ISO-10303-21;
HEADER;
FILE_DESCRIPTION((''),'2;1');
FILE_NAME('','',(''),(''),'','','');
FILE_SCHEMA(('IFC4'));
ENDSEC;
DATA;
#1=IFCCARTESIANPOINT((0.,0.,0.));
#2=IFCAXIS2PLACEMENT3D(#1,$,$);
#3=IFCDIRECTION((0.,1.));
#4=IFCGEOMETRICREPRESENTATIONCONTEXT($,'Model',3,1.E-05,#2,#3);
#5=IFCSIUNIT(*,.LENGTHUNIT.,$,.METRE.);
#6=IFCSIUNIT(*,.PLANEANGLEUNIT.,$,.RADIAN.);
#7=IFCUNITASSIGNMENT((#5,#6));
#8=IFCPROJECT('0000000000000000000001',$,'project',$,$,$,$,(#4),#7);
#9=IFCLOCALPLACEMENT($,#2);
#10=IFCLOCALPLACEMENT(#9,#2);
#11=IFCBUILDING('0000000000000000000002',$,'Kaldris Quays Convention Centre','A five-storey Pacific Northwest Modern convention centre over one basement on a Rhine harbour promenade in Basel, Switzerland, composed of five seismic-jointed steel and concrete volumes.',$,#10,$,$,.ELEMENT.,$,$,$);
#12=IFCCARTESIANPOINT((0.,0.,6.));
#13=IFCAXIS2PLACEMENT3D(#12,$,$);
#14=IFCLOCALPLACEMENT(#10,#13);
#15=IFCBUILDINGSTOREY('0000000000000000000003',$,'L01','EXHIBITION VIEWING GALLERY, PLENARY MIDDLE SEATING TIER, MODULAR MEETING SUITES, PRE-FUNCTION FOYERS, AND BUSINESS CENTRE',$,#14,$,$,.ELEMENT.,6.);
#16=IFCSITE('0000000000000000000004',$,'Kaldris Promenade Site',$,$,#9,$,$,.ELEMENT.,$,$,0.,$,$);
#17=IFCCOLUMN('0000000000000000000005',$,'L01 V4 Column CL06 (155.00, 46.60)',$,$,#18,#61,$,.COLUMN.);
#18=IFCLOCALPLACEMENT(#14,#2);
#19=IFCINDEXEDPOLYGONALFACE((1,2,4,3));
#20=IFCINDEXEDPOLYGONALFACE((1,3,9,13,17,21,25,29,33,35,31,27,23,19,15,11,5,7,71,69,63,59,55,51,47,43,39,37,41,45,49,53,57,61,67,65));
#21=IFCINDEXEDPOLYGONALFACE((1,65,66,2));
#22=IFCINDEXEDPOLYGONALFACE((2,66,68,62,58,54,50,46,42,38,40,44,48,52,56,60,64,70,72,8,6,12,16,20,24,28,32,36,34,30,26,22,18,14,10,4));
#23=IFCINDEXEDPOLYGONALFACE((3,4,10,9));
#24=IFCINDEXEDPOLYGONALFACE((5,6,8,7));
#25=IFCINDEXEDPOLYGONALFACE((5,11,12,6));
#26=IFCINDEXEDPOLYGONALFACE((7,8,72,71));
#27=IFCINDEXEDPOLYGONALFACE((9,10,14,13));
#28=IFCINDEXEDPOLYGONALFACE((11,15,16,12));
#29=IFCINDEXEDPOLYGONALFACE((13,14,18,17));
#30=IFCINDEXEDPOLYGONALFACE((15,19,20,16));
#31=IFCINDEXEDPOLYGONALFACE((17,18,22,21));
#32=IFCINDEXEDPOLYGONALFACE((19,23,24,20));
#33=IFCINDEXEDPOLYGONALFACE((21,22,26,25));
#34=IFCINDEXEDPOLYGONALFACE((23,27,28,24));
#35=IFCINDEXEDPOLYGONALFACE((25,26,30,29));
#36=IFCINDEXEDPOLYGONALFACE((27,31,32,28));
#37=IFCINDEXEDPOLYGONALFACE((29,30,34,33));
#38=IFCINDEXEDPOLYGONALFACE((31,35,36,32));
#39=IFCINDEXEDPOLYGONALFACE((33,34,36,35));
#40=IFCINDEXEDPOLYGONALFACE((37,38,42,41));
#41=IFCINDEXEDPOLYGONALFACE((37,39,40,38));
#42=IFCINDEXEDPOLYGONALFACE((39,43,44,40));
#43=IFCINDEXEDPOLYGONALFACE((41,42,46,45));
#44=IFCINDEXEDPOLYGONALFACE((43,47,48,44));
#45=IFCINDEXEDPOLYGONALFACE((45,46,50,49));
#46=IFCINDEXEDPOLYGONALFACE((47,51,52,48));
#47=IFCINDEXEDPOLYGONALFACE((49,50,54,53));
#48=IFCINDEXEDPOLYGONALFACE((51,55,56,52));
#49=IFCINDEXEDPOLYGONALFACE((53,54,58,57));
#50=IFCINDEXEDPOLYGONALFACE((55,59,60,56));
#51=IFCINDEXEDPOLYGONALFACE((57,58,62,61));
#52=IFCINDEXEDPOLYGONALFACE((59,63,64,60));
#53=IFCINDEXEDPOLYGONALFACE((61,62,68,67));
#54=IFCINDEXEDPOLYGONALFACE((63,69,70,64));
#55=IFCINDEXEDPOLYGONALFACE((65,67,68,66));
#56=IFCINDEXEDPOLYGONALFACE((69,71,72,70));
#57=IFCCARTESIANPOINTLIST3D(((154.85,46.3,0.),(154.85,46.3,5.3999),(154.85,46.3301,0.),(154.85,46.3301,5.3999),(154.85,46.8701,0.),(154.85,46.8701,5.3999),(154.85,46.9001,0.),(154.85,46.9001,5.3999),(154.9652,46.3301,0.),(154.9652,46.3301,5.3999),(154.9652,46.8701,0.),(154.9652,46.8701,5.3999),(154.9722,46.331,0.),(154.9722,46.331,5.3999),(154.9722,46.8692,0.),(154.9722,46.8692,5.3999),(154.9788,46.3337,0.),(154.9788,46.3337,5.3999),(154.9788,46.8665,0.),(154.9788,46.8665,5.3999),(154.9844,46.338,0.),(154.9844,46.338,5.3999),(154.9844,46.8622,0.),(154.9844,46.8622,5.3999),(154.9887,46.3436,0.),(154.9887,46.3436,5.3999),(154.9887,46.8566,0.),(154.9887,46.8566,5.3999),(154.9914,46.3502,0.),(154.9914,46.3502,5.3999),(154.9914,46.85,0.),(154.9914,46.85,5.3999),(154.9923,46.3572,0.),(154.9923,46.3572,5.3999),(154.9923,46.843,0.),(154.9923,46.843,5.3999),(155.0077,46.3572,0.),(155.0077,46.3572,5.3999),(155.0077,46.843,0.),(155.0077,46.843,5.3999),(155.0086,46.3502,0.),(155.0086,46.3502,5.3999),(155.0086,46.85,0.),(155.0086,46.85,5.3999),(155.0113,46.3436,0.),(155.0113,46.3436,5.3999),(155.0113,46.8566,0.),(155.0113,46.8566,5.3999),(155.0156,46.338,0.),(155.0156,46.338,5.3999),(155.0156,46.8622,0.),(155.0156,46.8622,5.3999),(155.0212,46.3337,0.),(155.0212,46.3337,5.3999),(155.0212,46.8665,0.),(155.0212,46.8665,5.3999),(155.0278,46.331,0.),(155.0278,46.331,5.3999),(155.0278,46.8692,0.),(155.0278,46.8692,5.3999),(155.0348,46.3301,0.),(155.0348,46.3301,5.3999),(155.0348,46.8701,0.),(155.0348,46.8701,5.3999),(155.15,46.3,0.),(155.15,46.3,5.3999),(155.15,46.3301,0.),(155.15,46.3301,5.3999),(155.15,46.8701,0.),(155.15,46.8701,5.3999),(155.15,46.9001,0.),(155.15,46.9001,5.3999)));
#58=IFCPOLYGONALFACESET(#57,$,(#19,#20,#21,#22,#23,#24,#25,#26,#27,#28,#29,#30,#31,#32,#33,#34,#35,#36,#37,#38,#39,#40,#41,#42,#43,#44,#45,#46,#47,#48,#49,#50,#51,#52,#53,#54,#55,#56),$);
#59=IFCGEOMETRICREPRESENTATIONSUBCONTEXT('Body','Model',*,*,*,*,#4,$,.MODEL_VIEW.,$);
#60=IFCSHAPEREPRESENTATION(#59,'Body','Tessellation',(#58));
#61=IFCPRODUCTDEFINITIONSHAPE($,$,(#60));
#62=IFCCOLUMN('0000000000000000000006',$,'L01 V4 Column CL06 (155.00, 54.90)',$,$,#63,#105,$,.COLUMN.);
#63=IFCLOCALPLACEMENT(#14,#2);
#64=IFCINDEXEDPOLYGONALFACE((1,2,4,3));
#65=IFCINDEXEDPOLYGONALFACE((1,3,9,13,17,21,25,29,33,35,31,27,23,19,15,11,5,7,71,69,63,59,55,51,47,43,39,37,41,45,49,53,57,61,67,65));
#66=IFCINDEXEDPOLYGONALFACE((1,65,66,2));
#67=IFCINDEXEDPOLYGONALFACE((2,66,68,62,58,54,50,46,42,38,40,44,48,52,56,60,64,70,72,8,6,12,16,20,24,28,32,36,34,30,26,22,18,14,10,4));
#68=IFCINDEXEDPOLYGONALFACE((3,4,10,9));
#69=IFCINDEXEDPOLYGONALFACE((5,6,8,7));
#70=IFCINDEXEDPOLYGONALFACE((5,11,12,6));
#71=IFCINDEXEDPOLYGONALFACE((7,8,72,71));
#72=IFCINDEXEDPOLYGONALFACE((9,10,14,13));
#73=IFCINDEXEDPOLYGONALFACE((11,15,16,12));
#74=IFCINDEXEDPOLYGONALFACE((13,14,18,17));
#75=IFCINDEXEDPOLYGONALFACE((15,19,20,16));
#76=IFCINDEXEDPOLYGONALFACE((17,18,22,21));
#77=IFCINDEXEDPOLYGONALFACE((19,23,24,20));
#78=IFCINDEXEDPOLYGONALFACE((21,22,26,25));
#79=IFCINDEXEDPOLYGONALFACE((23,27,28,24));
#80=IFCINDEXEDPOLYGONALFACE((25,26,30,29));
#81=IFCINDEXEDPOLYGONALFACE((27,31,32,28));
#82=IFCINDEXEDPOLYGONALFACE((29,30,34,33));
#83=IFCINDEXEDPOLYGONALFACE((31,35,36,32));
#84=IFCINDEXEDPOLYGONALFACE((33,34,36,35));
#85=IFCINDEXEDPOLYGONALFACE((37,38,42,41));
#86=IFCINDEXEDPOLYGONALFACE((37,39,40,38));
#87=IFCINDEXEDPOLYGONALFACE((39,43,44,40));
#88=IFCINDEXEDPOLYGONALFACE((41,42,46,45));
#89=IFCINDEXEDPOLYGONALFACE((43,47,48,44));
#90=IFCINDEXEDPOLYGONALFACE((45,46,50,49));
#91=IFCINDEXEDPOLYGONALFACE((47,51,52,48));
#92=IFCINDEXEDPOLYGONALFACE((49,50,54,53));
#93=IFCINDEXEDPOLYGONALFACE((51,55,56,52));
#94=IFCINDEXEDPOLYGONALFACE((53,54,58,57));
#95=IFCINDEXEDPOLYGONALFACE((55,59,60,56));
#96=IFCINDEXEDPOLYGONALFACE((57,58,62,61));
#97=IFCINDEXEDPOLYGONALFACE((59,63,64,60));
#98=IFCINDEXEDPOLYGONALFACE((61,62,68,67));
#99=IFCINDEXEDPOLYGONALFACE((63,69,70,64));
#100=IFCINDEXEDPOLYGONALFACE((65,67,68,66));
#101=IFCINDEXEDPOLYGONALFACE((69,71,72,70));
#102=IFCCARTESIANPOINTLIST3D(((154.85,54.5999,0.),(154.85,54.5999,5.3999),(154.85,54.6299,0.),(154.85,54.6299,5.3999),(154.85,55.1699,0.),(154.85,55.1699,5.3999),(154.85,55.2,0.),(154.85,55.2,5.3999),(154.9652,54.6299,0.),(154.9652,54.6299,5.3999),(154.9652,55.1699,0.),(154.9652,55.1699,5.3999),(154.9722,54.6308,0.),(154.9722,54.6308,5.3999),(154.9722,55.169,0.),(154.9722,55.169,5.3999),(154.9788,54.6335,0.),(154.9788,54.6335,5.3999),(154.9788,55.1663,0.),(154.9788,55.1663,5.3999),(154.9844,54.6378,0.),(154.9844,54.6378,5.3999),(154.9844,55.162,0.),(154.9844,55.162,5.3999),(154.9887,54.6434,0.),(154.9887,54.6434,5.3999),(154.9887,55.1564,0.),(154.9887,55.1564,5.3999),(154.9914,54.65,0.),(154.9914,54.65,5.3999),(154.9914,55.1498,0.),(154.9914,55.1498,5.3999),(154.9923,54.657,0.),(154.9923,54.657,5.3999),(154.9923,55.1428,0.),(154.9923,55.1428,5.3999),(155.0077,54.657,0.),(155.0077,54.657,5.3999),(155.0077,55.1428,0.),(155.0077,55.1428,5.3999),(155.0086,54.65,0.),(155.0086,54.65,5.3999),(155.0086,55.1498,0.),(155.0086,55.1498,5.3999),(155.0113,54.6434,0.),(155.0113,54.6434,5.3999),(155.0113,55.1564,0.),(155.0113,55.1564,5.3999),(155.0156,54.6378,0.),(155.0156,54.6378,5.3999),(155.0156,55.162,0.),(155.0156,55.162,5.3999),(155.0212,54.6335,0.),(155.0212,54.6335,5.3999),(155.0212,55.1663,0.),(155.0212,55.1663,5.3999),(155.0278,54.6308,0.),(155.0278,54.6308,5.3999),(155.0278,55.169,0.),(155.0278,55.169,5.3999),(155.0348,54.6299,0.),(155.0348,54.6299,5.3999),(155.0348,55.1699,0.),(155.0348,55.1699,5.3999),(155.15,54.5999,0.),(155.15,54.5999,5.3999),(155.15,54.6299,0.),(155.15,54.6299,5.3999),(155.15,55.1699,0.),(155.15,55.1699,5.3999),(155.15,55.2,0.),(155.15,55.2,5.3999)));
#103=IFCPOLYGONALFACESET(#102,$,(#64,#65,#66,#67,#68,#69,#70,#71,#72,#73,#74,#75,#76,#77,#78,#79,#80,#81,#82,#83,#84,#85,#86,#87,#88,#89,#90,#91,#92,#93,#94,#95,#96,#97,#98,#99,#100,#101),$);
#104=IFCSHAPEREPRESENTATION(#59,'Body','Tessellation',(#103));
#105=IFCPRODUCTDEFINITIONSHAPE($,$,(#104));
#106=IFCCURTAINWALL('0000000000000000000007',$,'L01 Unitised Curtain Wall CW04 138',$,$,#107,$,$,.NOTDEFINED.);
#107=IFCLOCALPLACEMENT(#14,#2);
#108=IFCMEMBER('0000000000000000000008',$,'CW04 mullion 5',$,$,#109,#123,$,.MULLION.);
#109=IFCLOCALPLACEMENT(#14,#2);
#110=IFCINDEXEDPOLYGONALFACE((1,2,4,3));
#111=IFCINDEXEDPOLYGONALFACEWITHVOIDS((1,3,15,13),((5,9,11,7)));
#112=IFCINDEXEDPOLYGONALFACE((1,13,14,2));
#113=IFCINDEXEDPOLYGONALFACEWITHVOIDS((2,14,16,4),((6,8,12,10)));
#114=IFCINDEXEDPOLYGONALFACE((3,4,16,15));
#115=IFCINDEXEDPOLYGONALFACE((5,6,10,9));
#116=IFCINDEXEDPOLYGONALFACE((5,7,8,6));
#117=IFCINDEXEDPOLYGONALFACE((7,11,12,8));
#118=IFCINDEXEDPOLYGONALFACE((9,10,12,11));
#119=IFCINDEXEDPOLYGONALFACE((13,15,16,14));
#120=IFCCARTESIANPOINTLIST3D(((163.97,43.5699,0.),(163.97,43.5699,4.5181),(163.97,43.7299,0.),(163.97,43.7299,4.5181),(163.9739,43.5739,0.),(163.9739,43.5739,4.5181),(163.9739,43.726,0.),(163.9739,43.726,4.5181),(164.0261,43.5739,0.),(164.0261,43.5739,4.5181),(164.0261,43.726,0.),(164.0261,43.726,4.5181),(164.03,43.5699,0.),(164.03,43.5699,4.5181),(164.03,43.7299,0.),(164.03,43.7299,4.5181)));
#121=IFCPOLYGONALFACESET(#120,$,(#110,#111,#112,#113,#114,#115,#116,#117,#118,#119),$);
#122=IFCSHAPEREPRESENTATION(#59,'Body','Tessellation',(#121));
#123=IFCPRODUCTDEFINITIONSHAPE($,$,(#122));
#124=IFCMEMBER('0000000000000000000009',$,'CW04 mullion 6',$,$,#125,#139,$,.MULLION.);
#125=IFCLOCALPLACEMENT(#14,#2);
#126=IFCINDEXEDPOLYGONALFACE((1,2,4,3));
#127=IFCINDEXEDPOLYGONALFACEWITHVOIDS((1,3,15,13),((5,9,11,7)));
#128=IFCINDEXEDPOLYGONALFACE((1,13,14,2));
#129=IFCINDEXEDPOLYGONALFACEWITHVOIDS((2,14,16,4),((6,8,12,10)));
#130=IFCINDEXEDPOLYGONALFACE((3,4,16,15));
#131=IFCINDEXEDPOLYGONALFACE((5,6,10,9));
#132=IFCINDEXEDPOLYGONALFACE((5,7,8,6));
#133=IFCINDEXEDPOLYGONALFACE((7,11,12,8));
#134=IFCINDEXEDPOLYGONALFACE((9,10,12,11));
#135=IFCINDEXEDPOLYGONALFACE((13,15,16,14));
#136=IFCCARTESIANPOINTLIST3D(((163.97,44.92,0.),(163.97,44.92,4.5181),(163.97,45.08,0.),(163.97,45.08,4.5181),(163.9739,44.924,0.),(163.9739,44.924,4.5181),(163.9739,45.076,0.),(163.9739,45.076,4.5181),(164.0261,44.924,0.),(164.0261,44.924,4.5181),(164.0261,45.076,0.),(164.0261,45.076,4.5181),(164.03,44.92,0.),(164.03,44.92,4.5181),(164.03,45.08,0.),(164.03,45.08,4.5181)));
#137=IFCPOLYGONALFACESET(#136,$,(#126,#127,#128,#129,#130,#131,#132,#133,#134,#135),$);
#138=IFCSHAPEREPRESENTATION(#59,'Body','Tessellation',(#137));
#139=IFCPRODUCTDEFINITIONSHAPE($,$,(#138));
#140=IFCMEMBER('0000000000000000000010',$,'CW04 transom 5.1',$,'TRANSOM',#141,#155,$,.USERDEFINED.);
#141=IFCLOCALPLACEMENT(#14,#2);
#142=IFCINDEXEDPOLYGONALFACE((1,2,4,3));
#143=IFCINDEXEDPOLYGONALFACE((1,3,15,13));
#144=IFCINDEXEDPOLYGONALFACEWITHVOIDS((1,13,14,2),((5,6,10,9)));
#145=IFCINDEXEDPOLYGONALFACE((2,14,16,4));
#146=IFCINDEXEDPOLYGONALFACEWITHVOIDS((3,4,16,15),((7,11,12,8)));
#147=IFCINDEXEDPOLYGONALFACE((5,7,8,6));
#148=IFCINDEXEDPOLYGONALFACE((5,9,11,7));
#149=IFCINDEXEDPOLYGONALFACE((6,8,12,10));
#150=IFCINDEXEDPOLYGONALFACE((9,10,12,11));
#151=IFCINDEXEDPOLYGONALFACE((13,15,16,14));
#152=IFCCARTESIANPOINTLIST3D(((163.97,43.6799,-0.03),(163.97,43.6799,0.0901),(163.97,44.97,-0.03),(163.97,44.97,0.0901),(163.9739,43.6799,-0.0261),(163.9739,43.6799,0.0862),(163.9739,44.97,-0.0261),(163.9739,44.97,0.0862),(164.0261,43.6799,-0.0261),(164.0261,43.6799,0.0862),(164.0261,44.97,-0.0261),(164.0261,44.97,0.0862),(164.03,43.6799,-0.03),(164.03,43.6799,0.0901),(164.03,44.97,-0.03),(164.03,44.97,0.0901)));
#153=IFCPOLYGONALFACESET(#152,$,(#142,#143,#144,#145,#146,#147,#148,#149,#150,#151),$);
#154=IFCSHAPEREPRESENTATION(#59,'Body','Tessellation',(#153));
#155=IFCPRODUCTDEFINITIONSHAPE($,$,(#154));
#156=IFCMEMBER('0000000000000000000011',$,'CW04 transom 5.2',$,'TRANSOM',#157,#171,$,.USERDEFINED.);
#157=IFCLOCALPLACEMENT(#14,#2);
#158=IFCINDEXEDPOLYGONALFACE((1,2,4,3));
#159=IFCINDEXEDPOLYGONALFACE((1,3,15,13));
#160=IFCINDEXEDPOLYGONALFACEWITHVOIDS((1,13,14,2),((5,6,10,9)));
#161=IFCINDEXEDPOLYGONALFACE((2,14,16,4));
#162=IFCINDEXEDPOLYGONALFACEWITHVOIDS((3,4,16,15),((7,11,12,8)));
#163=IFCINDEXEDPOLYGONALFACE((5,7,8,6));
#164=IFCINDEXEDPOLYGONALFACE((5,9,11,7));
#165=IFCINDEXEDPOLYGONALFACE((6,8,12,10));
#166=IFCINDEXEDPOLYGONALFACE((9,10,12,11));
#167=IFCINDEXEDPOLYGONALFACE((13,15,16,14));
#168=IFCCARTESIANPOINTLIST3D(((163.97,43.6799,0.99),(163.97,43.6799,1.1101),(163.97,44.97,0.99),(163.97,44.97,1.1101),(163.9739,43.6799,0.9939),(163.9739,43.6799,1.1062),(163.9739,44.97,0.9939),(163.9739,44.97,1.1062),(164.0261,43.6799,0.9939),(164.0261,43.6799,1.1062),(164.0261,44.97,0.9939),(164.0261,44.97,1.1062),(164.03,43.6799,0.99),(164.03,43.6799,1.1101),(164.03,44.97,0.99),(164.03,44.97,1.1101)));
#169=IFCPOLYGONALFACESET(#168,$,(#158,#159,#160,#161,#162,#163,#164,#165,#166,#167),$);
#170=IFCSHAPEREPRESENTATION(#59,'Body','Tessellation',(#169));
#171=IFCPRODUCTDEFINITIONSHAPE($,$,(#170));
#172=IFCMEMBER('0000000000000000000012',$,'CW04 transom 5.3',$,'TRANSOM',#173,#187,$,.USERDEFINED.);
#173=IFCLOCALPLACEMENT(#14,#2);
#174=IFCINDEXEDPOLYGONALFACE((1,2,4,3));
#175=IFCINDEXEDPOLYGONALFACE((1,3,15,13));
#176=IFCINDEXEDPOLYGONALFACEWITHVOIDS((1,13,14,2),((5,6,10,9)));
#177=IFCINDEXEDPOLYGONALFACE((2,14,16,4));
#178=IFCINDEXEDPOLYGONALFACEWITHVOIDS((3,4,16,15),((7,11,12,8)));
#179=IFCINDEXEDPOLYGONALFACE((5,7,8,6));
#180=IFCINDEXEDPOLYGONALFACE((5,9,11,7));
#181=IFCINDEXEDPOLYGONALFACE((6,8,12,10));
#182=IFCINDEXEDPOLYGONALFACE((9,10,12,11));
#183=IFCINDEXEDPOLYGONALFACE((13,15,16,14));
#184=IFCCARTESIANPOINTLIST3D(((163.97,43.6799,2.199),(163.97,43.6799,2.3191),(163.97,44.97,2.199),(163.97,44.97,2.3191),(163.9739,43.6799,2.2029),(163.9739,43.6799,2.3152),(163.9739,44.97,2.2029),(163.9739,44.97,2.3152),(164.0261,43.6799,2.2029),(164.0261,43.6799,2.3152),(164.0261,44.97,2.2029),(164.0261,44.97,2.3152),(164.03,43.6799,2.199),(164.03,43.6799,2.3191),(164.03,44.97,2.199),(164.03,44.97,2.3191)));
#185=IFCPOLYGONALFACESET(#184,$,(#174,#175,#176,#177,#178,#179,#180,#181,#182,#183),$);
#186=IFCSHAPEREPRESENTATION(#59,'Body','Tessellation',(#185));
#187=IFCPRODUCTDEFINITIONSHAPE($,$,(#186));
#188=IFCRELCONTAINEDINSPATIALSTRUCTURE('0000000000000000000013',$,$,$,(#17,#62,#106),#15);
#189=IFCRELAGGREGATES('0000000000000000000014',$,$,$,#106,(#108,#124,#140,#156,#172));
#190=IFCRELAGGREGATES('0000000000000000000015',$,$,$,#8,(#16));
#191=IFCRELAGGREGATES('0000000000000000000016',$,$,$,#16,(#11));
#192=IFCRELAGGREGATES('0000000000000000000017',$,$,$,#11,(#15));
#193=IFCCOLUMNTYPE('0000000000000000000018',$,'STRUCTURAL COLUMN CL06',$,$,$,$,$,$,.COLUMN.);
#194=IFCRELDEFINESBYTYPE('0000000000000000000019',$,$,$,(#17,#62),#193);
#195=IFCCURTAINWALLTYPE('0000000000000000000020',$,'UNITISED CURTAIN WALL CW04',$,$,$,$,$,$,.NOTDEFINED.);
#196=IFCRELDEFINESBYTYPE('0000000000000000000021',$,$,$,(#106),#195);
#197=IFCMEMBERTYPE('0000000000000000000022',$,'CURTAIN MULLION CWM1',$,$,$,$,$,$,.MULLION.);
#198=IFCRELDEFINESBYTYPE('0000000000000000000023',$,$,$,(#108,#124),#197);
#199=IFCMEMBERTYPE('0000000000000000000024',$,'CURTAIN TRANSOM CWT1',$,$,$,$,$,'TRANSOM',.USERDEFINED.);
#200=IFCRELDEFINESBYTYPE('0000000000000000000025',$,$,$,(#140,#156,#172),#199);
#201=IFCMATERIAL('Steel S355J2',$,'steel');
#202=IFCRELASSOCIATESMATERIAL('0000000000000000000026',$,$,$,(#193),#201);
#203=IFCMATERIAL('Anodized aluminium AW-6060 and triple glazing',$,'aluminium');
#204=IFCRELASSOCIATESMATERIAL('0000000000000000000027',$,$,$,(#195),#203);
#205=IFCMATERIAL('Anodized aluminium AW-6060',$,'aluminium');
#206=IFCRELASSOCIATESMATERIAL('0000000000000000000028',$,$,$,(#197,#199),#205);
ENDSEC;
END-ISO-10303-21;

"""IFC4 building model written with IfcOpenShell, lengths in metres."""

from ifc_helpers import new_model, si_unit, direction, frame, origin, origin_2d, place, context, subcontext, project, spatial, hollow_rectangle, i_section, extrude, material, material_profile, profile_set, type_object, element, aggregate, save


model = new_model("IFC4")

# Units and contexts
model_context = context("Model", 3, precision=1e-05, world=origin(), true_north=direction((0.0, 1.0)))
body_context = subcontext(model_context, "Body", "Model", "MODEL_VIEW")
ifc_project = project(units=[si_unit("LENGTHUNIT", "METRE"), si_unit("PLANEANGLEUNIT", "RADIAN")], contexts=[model_context])

# Site, building, storey
site_placement = place(None, origin())
site = spatial("IfcSite", under=ifc_project, at=site_placement, Name="Kaldris Promenade Site", CompositionType="ELEMENT", RefElevation=0.0)
building_placement = place(site_placement, origin())
building = spatial("IfcBuilding", under=site, at=building_placement, Name="Kaldris Quays Convention Centre", Description="A five-storey Pacific Northwest Modern convention centre over one basement on a Rhine harbour promenade in Basel, Switzerland, composed of five seismic-jointed steel and concrete volumes.", CompositionType="ELEMENT")
storey_placement = place(building_placement, frame((0.0, 0.0, 6.0)))
storey = spatial("IfcBuildingStorey", under=building, at=storey_placement, Name="L01", Description="EXHIBITION VIEWING GALLERY, PLENARY MIDDLE SEATING TIER, MODULAR MEETING SUITES, PRE-FUNCTION FOYERS, AND BUSINESS CENTRE", CompositionType="ELEMENT", Elevation=6.0)

# Columns
ifc_material_1 = material(Name="Steel S355J2", Category="steel")
ifc_material_profile_1 = material_profile(ifc_material_1, i_section(OverallWidth=0.3, OverallDepth=0.6001, WebThickness=0.0154, FlangeThickness=0.03, FilletRadius=0.0271, at=origin_2d()), Name="HEB 600")
ifc_profile_set_1 = profile_set([ifc_material_profile_1], Name="Steel S355J2")
column_type = type_object("IfcColumnType", Name="STRUCTURAL COLUMN CL06", PredefinedType="COLUMN", material=ifc_profile_set_1)
for number, where, z_axis, x_axis, name in (
    (1, (155.0, 46.6001, 0.0), (0.0, 0.0, 1.0), (1.0, 0.0, 0.0), "L01 V4 Column CL06 (155.00, 46.60)"),
    (2, (155.0, 54.8999, 0.0), (0.0, 0.0, 1.0), (1.0, 0.0, 0.0), "L01 V4 Column CL06 (155.00, 54.90)"),
):
    element("IfcColumn", number, at=place(storey_placement, frame(where, z_axis=z_axis, x_axis=x_axis)), inside=storey, type_object=column_type, Name=name, PredefinedType="COLUMN", context=body_context, shape_type="SweptSolid", body=[
        extrude(i_section(OverallWidth=0.3, OverallDepth=0.6001, WebThickness=0.0154, FlangeThickness=0.03, FilletRadius=0.0271, at=origin_2d()), origin(), (0.0, 0.0, 1.0), 5.3999),
    ])

# Curtain wall, members
ifc_material_2 = material(Name="Anodized aluminium AW-6060 and triple glazing", Category="aluminium")
curtain_wall_type = type_object("IfcCurtainWallType", Name="UNITISED CURTAIN WALL CW04", PredefinedType="NOTDEFINED", material=ifc_material_2)
curtain_wall_placement = place(storey_placement, origin())
curtain_wall = element("IfcCurtainWall", 3, at=curtain_wall_placement, inside=storey, type_object=curtain_wall_type, Name="L01 Unitised Curtain Wall CW04 138", PredefinedType="NOTDEFINED")
ifc_material_3 = material(Name="Anodized aluminium AW-6060", Category="aluminium")
ifc_material_profile_2 = material_profile(ifc_material_3, hollow_rectangle(XDim=0.0601, YDim=0.1599, WallThickness=0.0039, at=origin_2d()), Name="RHS 160x60x4")
ifc_profile_set_2 = profile_set([ifc_material_profile_2], Name="Anodized aluminium AW-6060")
member_type_1 = type_object("IfcMemberType", Name="CURTAIN MULLION CWM1", PredefinedType="MULLION", material=ifc_profile_set_2)
member_1_placement = place(storey_placement, frame((164.0, 43.6499, 0.0), z_axis=(0.0, 0.0, 1.0), x_axis=(-1.0, 0.0, 0.0)))
member_1 = element("IfcMember", 4, at=member_1_placement, type_object=member_type_1, Name="CW04 mullion 5", PredefinedType="MULLION", context=body_context, shape_type="SweptSolid", body=[
    extrude(hollow_rectangle(XDim=0.0601, YDim=0.1599, WallThickness=0.0039, at=origin_2d()), origin(), (0.0, 0.0, 1.0), 4.5181),
])
member_2_placement = place(storey_placement, frame((164.0, 45.0, 0.0), z_axis=(0.0, 0.0, 1.0), x_axis=(-1.0, 0.0, 0.0)))
member_2 = element("IfcMember", 5, at=member_2_placement, type_object=member_type_1, Name="CW04 mullion 6", PredefinedType="MULLION", context=body_context, shape_type="SweptSolid", body=[
    extrude(hollow_rectangle(XDim=0.0601, YDim=0.1599, WallThickness=0.0039, at=origin_2d()), origin(), (0.0, 0.0, 1.0), 4.5181),
])
ifc_material_profile_3 = material_profile(ifc_material_3, hollow_rectangle(XDim=0.0601, YDim=0.1201, WallThickness=0.0039, at=origin_2d()), Name="RHS 120x60x4")
ifc_profile_set_3 = profile_set([ifc_material_profile_3], Name="Anodized aluminium AW-6060")
member_type_2 = type_object("IfcMemberType", Name="CURTAIN TRANSOM CWT1", ElementType="TRANSOM", PredefinedType="USERDEFINED", material=ifc_profile_set_3)
member_3_placement = place(storey_placement, frame((164.0, 43.6799, 0.03), z_axis=(0.0, 1.0, 0.0), x_axis=(-1.0, 0.0, 0.0)))
member_3 = element("IfcMember", 6, at=member_3_placement, type_object=member_type_2, Name="CW04 transom 5.1", ObjectType="TRANSOM", PredefinedType="USERDEFINED", context=body_context, shape_type="SweptSolid", body=[
    extrude(hollow_rectangle(XDim=0.0601, YDim=0.1201, WallThickness=0.0039, at=origin_2d()), origin(), (0.0, 0.0, 1.0), 1.29),
])
member_4_placement = place(storey_placement, frame((164.0, 43.6799, 1.05), z_axis=(0.0, 1.0, 0.0), x_axis=(-1.0, 0.0, 0.0)))
member_4 = element("IfcMember", 7, at=member_4_placement, type_object=member_type_2, Name="CW04 transom 5.2", ObjectType="TRANSOM", PredefinedType="USERDEFINED", context=body_context, shape_type="SweptSolid", body=[
    extrude(hollow_rectangle(XDim=0.0601, YDim=0.1201, WallThickness=0.0039, at=origin_2d()), origin(), (0.0, 0.0, 1.0), 1.29),
])
member_5_placement = place(storey_placement, frame((164.0, 43.6799, 2.259), z_axis=(0.0, 1.0, 0.0), x_axis=(-1.0, 0.0, 0.0)))
member_5 = element("IfcMember", 8, at=member_5_placement, type_object=member_type_2, Name="CW04 transom 5.3", ObjectType="TRANSOM", PredefinedType="USERDEFINED", context=body_context, shape_type="SweptSolid", body=[
    extrude(hollow_rectangle(XDim=0.0601, YDim=0.1201, WallThickness=0.0039, at=origin_2d()), origin(), (0.0, 0.0, 1.0), 1.29),
])

aggregate(curtain_wall, [member_1, member_2, member_3, member_4, member_5])

save(model, "model.ifc")
